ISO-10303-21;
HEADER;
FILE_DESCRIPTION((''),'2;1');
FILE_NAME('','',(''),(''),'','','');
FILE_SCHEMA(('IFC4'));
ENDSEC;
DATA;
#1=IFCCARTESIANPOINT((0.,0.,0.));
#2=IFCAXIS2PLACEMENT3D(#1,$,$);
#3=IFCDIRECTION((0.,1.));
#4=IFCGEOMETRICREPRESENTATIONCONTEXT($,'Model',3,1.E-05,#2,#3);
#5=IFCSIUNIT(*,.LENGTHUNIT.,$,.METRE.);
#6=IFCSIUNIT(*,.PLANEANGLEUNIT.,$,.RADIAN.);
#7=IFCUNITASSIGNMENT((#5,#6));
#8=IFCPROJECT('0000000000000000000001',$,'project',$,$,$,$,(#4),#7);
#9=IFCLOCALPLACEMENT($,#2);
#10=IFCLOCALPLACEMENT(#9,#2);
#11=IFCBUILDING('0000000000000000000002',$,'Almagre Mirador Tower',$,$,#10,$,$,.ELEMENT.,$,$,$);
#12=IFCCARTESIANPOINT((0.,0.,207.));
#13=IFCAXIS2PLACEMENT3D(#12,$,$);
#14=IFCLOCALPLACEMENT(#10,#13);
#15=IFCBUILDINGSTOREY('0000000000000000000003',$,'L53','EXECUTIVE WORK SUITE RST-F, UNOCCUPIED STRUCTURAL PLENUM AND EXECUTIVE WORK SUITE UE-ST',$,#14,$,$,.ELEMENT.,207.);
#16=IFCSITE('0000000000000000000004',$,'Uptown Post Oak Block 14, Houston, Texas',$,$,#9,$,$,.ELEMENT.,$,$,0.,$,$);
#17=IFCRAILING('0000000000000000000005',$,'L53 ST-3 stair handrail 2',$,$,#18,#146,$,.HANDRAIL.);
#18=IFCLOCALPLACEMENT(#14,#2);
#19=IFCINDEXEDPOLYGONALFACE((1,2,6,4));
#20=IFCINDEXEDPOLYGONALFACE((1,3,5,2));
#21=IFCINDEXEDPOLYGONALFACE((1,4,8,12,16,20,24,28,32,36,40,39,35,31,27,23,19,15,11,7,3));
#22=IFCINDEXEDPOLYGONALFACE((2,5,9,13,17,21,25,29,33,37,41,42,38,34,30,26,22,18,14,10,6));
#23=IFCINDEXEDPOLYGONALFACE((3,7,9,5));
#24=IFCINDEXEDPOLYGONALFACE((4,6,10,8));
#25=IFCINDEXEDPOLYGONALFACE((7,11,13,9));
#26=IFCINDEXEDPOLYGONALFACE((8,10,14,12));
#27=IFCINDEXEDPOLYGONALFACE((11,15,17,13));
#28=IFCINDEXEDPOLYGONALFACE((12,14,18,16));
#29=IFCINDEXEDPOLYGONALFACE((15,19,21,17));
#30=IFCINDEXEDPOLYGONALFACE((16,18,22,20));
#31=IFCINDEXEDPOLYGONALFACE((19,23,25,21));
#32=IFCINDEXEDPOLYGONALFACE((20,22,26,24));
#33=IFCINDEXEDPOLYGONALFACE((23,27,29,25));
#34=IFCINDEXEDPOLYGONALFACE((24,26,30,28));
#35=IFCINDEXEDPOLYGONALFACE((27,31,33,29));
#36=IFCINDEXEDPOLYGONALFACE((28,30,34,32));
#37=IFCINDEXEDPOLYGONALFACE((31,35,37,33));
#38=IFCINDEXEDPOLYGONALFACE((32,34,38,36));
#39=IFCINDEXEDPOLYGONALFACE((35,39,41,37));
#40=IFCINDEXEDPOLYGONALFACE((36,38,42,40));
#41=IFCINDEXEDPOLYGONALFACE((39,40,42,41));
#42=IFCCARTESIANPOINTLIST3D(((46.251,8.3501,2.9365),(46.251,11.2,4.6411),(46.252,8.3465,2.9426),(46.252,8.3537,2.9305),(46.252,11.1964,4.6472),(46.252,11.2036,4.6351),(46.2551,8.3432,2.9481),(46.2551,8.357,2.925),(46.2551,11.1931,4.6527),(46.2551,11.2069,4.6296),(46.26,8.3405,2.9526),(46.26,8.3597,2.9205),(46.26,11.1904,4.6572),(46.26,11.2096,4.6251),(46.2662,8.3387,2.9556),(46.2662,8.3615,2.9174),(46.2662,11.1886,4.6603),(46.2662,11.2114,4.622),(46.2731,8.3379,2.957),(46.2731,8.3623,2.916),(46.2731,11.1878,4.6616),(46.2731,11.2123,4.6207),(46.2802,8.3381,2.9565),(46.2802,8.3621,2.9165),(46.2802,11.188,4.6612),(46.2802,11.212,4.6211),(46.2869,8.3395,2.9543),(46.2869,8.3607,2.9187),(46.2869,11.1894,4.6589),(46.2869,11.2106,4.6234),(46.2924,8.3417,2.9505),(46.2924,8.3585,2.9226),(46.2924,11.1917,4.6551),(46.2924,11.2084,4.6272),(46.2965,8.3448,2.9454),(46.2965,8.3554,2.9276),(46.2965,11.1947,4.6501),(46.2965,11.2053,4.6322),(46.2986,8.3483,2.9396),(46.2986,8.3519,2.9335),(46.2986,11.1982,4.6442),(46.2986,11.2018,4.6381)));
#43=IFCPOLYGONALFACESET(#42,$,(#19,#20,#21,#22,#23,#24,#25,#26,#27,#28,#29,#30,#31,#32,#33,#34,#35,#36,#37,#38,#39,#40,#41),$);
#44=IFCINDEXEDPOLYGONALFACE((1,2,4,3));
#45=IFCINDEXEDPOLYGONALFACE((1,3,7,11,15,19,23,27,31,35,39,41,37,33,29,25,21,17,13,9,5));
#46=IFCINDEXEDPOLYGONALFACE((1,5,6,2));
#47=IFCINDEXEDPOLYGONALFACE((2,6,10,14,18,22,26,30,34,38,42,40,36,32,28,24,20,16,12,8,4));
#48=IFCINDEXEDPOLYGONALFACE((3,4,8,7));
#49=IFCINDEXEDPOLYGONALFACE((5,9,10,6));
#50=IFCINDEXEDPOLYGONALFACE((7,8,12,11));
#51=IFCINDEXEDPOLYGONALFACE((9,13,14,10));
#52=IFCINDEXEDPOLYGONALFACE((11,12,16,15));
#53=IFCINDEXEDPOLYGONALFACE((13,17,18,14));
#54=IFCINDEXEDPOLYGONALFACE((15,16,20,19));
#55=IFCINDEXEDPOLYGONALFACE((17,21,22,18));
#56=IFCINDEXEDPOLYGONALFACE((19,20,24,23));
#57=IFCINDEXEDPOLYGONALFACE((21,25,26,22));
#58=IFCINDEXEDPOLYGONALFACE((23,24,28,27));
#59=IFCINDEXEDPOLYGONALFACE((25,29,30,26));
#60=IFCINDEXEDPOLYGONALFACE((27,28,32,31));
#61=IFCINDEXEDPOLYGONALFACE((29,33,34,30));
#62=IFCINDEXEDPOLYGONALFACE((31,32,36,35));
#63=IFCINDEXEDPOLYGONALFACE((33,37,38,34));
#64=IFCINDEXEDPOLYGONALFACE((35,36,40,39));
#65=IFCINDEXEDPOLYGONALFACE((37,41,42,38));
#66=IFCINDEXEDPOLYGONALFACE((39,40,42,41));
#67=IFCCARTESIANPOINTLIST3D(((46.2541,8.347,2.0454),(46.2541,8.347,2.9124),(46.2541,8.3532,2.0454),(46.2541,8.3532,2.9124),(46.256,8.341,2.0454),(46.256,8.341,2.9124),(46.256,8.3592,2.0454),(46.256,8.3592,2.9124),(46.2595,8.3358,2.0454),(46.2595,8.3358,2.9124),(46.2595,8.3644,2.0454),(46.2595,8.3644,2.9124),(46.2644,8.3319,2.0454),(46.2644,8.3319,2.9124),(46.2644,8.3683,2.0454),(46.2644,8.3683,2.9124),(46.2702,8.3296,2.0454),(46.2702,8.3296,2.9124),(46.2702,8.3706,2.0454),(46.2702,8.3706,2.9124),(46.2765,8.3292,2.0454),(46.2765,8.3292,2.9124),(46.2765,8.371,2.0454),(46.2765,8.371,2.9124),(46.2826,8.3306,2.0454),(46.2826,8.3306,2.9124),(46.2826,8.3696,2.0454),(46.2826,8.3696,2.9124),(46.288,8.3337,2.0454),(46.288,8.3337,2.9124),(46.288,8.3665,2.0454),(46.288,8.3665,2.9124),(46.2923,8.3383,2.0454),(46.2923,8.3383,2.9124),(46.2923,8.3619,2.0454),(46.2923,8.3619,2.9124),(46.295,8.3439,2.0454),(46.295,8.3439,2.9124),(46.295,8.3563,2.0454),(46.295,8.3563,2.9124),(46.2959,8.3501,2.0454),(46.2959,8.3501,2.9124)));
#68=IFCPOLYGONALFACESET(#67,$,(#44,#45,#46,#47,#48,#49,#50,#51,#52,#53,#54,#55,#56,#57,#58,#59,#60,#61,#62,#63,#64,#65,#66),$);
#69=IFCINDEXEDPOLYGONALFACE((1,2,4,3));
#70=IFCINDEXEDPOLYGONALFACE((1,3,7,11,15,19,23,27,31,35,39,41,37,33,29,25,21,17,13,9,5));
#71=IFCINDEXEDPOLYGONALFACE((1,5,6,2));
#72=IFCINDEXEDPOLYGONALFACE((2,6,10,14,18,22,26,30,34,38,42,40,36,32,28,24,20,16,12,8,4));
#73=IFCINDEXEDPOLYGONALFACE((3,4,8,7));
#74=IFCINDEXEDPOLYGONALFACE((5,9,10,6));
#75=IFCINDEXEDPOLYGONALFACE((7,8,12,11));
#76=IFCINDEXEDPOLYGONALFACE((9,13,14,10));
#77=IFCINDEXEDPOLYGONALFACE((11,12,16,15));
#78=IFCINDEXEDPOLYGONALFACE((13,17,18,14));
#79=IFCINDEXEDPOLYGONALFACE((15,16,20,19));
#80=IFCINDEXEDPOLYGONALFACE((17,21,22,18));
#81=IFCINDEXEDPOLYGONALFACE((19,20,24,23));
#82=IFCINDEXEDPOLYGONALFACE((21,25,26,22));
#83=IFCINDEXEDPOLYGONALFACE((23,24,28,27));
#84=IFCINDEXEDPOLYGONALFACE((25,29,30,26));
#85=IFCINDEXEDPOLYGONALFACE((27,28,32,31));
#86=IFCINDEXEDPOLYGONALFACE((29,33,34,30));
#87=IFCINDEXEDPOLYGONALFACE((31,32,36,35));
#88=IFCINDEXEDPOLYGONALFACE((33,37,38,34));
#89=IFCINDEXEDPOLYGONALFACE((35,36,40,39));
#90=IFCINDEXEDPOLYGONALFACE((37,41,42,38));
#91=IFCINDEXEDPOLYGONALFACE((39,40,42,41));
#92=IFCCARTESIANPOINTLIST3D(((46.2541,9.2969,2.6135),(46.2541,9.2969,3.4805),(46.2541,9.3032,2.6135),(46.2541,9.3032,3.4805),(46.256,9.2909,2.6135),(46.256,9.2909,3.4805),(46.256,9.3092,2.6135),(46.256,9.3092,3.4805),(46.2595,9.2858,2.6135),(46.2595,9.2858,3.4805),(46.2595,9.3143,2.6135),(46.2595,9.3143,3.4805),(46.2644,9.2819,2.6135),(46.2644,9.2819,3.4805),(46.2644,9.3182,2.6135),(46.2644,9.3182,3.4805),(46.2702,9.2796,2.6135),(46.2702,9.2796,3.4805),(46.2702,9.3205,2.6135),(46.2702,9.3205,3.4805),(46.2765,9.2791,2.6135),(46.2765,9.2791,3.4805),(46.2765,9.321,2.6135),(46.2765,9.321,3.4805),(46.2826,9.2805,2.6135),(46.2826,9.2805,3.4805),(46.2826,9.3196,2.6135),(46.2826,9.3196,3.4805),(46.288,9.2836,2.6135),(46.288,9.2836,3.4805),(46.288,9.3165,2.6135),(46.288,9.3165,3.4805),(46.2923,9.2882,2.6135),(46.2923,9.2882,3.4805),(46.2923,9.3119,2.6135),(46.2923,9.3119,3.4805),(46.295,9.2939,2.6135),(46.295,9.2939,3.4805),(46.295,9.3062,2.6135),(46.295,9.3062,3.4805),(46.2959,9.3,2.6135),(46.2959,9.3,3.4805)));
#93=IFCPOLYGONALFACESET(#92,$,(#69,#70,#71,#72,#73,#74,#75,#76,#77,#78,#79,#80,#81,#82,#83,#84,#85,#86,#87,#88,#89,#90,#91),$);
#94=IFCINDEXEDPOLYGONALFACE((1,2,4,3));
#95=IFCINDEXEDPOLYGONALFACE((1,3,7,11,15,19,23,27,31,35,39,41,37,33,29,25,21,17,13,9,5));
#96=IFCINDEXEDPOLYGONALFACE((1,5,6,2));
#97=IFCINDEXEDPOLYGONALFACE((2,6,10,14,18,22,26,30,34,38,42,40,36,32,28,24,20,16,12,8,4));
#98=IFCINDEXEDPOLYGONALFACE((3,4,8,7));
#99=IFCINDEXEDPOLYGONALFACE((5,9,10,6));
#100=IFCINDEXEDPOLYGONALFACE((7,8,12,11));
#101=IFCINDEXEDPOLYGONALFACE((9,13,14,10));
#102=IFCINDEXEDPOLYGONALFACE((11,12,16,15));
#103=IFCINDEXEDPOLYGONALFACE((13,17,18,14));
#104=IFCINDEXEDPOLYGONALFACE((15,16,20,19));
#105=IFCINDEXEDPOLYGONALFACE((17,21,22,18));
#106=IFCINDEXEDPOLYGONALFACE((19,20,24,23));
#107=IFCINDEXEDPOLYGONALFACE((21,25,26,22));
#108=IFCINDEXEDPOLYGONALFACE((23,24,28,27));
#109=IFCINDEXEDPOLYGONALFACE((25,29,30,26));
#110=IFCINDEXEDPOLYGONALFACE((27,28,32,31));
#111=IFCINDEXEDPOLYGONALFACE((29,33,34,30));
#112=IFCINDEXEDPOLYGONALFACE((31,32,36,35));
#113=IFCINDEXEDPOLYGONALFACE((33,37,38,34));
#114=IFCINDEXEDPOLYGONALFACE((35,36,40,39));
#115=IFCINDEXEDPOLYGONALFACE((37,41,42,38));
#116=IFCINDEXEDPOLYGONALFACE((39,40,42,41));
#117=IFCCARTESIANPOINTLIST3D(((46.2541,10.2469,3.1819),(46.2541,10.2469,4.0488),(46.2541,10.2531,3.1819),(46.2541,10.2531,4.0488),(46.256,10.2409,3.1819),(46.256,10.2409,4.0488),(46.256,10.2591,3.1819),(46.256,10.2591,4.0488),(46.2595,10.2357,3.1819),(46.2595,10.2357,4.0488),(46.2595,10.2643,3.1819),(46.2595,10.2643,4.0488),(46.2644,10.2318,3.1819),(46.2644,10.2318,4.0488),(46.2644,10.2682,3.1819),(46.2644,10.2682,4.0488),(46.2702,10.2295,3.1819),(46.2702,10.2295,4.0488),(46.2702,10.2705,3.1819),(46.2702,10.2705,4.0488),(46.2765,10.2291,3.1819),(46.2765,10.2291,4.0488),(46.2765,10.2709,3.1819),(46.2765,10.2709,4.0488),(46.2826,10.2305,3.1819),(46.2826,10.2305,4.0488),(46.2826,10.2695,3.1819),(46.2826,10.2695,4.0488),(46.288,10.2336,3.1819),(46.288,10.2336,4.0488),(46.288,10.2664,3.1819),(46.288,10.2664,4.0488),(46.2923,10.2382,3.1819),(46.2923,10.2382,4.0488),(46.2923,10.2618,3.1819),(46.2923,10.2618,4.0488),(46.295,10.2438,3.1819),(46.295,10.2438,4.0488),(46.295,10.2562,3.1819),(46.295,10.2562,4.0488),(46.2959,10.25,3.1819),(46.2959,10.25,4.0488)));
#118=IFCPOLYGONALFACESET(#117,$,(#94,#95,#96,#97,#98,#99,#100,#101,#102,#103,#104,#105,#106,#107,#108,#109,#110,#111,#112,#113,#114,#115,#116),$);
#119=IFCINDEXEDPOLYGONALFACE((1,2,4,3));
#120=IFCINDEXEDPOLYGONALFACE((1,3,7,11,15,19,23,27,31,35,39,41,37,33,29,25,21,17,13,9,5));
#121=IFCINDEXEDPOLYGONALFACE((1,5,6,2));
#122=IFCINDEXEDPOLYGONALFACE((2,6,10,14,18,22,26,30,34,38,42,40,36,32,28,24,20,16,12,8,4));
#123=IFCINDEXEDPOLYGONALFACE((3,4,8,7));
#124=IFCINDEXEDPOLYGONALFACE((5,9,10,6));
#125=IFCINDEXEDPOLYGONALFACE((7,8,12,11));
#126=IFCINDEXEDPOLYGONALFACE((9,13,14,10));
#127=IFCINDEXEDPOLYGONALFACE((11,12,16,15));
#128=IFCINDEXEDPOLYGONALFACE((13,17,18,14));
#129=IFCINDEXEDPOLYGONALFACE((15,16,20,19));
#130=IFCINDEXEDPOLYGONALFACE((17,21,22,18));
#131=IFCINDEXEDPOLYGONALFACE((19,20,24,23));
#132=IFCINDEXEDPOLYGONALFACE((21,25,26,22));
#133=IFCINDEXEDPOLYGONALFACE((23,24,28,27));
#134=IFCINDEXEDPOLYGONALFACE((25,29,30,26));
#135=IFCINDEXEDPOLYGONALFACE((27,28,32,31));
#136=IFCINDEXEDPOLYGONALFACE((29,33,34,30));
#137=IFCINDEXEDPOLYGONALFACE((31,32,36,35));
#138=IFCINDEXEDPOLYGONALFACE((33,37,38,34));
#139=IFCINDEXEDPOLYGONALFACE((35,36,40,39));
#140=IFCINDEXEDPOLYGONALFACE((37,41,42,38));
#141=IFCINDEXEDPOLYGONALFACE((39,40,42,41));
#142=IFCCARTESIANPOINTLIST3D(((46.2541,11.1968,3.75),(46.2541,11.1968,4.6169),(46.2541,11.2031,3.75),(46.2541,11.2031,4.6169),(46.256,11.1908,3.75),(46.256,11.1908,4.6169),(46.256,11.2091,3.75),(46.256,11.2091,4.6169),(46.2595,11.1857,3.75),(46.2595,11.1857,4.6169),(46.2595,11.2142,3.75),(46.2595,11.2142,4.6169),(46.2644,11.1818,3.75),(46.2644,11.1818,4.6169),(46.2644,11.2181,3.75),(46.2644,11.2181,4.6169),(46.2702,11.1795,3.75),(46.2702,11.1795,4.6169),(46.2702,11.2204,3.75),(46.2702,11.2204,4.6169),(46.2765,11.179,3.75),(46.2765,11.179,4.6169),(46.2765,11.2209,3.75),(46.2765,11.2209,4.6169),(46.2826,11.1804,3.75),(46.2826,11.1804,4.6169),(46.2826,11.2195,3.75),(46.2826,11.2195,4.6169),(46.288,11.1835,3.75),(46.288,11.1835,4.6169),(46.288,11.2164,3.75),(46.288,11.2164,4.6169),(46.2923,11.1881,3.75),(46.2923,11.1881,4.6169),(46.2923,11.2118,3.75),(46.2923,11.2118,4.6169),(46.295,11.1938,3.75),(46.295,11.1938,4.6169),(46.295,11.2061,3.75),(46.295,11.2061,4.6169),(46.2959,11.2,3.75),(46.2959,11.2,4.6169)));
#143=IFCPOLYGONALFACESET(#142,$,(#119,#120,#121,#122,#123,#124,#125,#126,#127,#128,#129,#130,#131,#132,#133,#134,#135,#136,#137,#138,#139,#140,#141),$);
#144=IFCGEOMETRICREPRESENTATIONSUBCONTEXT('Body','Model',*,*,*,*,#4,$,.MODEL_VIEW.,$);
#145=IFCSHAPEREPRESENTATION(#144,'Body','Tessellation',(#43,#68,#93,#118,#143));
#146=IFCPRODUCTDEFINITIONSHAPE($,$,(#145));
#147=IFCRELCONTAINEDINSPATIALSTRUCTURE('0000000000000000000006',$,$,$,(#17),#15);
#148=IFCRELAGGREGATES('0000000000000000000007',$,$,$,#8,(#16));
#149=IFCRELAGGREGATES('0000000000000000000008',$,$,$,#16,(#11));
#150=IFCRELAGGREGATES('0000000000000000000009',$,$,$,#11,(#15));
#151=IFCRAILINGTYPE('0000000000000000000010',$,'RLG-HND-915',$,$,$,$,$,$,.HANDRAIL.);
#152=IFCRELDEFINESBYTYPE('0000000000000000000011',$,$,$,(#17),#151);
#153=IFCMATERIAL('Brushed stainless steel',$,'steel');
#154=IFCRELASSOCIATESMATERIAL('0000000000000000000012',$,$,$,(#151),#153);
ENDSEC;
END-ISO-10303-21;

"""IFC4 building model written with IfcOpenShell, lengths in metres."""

from ifc_helpers import new_model, si_unit, direction, frame, origin, origin_2d, place, context, subcontext, project, spatial, circle, extrude, material, type_object, element, save


model = new_model("IFC4")

# Units and contexts
model_context = context("Model", 3, precision=1e-05, world=origin(), true_north=direction((0.0, 1.0)))
body_context = subcontext(model_context, "Body", "Model", "MODEL_VIEW")
ifc_project = project(units=[si_unit("LENGTHUNIT", "METRE"), si_unit("PLANEANGLEUNIT", "RADIAN")], contexts=[model_context])

# Site, building, storey
site_placement = place(None, origin())
site = spatial("IfcSite", under=ifc_project, at=site_placement, Name="Uptown Post Oak Block 14, Houston, Texas", CompositionType="ELEMENT", RefElevation=0.0)
building_placement = place(site_placement, origin())
building = spatial("IfcBuilding", under=site, at=building_placement, Name="Almagre Mirador Tower", CompositionType="ELEMENT")
storey_placement = place(building_placement, frame((0.0, 0.0, 207.0)))
storey = spatial("IfcBuildingStorey", under=building, at=storey_placement, Name="L53", Description="EXECUTIVE WORK SUITE RST-F, UNOCCUPIED STRUCTURAL PLENUM AND EXECUTIVE WORK SUITE UE-ST", CompositionType="ELEMENT", Elevation=207.0)

# Railing
ifc_material_1 = material(Name="Brushed stainless steel", Category="steel")
railing_type = type_object("IfcRailingType", Name="RLG-HND-915", PredefinedType="HANDRAIL", material=ifc_material_1)
railing_placement = place(storey_placement, frame((46.2749, 8.3501, 2.0454)))
element("IfcRailing", 1, at=railing_placement, inside=storey, type_object=railing_type, Name="L53 ST-3 stair handrail 2", PredefinedType="HANDRAIL", context=body_context, shape_type="SweptSolid", body=[
    extrude(circle(Radius=0.0239, at=origin_2d()), frame((0.0, 0.0, 0.8911), z_axis=(0.0, 0.858199, 0.513317), x_axis=(-1.0, 0.0, 0.0)), (0.0, 0.0, 1.0), 3.3208),
    extrude(circle(Radius=0.021, at=origin_2d()), origin(), (0.0, 0.0, 1.0), 0.8669),
    extrude(circle(Radius=0.021, at=origin_2d()), frame((0.0, 0.95, 0.5681)), (0.0, 0.0, 1.0), 0.8669),
    extrude(circle(Radius=0.021, at=origin_2d()), frame((0.0, 1.8999, 1.1365)), (0.0, 0.0, 1.0), 0.8669),
    extrude(circle(Radius=0.021, at=origin_2d()), frame((0.0, 2.8499, 1.7046)), (0.0, 0.0, 1.0), 0.8669),
])

save(model, "model.ifc")
